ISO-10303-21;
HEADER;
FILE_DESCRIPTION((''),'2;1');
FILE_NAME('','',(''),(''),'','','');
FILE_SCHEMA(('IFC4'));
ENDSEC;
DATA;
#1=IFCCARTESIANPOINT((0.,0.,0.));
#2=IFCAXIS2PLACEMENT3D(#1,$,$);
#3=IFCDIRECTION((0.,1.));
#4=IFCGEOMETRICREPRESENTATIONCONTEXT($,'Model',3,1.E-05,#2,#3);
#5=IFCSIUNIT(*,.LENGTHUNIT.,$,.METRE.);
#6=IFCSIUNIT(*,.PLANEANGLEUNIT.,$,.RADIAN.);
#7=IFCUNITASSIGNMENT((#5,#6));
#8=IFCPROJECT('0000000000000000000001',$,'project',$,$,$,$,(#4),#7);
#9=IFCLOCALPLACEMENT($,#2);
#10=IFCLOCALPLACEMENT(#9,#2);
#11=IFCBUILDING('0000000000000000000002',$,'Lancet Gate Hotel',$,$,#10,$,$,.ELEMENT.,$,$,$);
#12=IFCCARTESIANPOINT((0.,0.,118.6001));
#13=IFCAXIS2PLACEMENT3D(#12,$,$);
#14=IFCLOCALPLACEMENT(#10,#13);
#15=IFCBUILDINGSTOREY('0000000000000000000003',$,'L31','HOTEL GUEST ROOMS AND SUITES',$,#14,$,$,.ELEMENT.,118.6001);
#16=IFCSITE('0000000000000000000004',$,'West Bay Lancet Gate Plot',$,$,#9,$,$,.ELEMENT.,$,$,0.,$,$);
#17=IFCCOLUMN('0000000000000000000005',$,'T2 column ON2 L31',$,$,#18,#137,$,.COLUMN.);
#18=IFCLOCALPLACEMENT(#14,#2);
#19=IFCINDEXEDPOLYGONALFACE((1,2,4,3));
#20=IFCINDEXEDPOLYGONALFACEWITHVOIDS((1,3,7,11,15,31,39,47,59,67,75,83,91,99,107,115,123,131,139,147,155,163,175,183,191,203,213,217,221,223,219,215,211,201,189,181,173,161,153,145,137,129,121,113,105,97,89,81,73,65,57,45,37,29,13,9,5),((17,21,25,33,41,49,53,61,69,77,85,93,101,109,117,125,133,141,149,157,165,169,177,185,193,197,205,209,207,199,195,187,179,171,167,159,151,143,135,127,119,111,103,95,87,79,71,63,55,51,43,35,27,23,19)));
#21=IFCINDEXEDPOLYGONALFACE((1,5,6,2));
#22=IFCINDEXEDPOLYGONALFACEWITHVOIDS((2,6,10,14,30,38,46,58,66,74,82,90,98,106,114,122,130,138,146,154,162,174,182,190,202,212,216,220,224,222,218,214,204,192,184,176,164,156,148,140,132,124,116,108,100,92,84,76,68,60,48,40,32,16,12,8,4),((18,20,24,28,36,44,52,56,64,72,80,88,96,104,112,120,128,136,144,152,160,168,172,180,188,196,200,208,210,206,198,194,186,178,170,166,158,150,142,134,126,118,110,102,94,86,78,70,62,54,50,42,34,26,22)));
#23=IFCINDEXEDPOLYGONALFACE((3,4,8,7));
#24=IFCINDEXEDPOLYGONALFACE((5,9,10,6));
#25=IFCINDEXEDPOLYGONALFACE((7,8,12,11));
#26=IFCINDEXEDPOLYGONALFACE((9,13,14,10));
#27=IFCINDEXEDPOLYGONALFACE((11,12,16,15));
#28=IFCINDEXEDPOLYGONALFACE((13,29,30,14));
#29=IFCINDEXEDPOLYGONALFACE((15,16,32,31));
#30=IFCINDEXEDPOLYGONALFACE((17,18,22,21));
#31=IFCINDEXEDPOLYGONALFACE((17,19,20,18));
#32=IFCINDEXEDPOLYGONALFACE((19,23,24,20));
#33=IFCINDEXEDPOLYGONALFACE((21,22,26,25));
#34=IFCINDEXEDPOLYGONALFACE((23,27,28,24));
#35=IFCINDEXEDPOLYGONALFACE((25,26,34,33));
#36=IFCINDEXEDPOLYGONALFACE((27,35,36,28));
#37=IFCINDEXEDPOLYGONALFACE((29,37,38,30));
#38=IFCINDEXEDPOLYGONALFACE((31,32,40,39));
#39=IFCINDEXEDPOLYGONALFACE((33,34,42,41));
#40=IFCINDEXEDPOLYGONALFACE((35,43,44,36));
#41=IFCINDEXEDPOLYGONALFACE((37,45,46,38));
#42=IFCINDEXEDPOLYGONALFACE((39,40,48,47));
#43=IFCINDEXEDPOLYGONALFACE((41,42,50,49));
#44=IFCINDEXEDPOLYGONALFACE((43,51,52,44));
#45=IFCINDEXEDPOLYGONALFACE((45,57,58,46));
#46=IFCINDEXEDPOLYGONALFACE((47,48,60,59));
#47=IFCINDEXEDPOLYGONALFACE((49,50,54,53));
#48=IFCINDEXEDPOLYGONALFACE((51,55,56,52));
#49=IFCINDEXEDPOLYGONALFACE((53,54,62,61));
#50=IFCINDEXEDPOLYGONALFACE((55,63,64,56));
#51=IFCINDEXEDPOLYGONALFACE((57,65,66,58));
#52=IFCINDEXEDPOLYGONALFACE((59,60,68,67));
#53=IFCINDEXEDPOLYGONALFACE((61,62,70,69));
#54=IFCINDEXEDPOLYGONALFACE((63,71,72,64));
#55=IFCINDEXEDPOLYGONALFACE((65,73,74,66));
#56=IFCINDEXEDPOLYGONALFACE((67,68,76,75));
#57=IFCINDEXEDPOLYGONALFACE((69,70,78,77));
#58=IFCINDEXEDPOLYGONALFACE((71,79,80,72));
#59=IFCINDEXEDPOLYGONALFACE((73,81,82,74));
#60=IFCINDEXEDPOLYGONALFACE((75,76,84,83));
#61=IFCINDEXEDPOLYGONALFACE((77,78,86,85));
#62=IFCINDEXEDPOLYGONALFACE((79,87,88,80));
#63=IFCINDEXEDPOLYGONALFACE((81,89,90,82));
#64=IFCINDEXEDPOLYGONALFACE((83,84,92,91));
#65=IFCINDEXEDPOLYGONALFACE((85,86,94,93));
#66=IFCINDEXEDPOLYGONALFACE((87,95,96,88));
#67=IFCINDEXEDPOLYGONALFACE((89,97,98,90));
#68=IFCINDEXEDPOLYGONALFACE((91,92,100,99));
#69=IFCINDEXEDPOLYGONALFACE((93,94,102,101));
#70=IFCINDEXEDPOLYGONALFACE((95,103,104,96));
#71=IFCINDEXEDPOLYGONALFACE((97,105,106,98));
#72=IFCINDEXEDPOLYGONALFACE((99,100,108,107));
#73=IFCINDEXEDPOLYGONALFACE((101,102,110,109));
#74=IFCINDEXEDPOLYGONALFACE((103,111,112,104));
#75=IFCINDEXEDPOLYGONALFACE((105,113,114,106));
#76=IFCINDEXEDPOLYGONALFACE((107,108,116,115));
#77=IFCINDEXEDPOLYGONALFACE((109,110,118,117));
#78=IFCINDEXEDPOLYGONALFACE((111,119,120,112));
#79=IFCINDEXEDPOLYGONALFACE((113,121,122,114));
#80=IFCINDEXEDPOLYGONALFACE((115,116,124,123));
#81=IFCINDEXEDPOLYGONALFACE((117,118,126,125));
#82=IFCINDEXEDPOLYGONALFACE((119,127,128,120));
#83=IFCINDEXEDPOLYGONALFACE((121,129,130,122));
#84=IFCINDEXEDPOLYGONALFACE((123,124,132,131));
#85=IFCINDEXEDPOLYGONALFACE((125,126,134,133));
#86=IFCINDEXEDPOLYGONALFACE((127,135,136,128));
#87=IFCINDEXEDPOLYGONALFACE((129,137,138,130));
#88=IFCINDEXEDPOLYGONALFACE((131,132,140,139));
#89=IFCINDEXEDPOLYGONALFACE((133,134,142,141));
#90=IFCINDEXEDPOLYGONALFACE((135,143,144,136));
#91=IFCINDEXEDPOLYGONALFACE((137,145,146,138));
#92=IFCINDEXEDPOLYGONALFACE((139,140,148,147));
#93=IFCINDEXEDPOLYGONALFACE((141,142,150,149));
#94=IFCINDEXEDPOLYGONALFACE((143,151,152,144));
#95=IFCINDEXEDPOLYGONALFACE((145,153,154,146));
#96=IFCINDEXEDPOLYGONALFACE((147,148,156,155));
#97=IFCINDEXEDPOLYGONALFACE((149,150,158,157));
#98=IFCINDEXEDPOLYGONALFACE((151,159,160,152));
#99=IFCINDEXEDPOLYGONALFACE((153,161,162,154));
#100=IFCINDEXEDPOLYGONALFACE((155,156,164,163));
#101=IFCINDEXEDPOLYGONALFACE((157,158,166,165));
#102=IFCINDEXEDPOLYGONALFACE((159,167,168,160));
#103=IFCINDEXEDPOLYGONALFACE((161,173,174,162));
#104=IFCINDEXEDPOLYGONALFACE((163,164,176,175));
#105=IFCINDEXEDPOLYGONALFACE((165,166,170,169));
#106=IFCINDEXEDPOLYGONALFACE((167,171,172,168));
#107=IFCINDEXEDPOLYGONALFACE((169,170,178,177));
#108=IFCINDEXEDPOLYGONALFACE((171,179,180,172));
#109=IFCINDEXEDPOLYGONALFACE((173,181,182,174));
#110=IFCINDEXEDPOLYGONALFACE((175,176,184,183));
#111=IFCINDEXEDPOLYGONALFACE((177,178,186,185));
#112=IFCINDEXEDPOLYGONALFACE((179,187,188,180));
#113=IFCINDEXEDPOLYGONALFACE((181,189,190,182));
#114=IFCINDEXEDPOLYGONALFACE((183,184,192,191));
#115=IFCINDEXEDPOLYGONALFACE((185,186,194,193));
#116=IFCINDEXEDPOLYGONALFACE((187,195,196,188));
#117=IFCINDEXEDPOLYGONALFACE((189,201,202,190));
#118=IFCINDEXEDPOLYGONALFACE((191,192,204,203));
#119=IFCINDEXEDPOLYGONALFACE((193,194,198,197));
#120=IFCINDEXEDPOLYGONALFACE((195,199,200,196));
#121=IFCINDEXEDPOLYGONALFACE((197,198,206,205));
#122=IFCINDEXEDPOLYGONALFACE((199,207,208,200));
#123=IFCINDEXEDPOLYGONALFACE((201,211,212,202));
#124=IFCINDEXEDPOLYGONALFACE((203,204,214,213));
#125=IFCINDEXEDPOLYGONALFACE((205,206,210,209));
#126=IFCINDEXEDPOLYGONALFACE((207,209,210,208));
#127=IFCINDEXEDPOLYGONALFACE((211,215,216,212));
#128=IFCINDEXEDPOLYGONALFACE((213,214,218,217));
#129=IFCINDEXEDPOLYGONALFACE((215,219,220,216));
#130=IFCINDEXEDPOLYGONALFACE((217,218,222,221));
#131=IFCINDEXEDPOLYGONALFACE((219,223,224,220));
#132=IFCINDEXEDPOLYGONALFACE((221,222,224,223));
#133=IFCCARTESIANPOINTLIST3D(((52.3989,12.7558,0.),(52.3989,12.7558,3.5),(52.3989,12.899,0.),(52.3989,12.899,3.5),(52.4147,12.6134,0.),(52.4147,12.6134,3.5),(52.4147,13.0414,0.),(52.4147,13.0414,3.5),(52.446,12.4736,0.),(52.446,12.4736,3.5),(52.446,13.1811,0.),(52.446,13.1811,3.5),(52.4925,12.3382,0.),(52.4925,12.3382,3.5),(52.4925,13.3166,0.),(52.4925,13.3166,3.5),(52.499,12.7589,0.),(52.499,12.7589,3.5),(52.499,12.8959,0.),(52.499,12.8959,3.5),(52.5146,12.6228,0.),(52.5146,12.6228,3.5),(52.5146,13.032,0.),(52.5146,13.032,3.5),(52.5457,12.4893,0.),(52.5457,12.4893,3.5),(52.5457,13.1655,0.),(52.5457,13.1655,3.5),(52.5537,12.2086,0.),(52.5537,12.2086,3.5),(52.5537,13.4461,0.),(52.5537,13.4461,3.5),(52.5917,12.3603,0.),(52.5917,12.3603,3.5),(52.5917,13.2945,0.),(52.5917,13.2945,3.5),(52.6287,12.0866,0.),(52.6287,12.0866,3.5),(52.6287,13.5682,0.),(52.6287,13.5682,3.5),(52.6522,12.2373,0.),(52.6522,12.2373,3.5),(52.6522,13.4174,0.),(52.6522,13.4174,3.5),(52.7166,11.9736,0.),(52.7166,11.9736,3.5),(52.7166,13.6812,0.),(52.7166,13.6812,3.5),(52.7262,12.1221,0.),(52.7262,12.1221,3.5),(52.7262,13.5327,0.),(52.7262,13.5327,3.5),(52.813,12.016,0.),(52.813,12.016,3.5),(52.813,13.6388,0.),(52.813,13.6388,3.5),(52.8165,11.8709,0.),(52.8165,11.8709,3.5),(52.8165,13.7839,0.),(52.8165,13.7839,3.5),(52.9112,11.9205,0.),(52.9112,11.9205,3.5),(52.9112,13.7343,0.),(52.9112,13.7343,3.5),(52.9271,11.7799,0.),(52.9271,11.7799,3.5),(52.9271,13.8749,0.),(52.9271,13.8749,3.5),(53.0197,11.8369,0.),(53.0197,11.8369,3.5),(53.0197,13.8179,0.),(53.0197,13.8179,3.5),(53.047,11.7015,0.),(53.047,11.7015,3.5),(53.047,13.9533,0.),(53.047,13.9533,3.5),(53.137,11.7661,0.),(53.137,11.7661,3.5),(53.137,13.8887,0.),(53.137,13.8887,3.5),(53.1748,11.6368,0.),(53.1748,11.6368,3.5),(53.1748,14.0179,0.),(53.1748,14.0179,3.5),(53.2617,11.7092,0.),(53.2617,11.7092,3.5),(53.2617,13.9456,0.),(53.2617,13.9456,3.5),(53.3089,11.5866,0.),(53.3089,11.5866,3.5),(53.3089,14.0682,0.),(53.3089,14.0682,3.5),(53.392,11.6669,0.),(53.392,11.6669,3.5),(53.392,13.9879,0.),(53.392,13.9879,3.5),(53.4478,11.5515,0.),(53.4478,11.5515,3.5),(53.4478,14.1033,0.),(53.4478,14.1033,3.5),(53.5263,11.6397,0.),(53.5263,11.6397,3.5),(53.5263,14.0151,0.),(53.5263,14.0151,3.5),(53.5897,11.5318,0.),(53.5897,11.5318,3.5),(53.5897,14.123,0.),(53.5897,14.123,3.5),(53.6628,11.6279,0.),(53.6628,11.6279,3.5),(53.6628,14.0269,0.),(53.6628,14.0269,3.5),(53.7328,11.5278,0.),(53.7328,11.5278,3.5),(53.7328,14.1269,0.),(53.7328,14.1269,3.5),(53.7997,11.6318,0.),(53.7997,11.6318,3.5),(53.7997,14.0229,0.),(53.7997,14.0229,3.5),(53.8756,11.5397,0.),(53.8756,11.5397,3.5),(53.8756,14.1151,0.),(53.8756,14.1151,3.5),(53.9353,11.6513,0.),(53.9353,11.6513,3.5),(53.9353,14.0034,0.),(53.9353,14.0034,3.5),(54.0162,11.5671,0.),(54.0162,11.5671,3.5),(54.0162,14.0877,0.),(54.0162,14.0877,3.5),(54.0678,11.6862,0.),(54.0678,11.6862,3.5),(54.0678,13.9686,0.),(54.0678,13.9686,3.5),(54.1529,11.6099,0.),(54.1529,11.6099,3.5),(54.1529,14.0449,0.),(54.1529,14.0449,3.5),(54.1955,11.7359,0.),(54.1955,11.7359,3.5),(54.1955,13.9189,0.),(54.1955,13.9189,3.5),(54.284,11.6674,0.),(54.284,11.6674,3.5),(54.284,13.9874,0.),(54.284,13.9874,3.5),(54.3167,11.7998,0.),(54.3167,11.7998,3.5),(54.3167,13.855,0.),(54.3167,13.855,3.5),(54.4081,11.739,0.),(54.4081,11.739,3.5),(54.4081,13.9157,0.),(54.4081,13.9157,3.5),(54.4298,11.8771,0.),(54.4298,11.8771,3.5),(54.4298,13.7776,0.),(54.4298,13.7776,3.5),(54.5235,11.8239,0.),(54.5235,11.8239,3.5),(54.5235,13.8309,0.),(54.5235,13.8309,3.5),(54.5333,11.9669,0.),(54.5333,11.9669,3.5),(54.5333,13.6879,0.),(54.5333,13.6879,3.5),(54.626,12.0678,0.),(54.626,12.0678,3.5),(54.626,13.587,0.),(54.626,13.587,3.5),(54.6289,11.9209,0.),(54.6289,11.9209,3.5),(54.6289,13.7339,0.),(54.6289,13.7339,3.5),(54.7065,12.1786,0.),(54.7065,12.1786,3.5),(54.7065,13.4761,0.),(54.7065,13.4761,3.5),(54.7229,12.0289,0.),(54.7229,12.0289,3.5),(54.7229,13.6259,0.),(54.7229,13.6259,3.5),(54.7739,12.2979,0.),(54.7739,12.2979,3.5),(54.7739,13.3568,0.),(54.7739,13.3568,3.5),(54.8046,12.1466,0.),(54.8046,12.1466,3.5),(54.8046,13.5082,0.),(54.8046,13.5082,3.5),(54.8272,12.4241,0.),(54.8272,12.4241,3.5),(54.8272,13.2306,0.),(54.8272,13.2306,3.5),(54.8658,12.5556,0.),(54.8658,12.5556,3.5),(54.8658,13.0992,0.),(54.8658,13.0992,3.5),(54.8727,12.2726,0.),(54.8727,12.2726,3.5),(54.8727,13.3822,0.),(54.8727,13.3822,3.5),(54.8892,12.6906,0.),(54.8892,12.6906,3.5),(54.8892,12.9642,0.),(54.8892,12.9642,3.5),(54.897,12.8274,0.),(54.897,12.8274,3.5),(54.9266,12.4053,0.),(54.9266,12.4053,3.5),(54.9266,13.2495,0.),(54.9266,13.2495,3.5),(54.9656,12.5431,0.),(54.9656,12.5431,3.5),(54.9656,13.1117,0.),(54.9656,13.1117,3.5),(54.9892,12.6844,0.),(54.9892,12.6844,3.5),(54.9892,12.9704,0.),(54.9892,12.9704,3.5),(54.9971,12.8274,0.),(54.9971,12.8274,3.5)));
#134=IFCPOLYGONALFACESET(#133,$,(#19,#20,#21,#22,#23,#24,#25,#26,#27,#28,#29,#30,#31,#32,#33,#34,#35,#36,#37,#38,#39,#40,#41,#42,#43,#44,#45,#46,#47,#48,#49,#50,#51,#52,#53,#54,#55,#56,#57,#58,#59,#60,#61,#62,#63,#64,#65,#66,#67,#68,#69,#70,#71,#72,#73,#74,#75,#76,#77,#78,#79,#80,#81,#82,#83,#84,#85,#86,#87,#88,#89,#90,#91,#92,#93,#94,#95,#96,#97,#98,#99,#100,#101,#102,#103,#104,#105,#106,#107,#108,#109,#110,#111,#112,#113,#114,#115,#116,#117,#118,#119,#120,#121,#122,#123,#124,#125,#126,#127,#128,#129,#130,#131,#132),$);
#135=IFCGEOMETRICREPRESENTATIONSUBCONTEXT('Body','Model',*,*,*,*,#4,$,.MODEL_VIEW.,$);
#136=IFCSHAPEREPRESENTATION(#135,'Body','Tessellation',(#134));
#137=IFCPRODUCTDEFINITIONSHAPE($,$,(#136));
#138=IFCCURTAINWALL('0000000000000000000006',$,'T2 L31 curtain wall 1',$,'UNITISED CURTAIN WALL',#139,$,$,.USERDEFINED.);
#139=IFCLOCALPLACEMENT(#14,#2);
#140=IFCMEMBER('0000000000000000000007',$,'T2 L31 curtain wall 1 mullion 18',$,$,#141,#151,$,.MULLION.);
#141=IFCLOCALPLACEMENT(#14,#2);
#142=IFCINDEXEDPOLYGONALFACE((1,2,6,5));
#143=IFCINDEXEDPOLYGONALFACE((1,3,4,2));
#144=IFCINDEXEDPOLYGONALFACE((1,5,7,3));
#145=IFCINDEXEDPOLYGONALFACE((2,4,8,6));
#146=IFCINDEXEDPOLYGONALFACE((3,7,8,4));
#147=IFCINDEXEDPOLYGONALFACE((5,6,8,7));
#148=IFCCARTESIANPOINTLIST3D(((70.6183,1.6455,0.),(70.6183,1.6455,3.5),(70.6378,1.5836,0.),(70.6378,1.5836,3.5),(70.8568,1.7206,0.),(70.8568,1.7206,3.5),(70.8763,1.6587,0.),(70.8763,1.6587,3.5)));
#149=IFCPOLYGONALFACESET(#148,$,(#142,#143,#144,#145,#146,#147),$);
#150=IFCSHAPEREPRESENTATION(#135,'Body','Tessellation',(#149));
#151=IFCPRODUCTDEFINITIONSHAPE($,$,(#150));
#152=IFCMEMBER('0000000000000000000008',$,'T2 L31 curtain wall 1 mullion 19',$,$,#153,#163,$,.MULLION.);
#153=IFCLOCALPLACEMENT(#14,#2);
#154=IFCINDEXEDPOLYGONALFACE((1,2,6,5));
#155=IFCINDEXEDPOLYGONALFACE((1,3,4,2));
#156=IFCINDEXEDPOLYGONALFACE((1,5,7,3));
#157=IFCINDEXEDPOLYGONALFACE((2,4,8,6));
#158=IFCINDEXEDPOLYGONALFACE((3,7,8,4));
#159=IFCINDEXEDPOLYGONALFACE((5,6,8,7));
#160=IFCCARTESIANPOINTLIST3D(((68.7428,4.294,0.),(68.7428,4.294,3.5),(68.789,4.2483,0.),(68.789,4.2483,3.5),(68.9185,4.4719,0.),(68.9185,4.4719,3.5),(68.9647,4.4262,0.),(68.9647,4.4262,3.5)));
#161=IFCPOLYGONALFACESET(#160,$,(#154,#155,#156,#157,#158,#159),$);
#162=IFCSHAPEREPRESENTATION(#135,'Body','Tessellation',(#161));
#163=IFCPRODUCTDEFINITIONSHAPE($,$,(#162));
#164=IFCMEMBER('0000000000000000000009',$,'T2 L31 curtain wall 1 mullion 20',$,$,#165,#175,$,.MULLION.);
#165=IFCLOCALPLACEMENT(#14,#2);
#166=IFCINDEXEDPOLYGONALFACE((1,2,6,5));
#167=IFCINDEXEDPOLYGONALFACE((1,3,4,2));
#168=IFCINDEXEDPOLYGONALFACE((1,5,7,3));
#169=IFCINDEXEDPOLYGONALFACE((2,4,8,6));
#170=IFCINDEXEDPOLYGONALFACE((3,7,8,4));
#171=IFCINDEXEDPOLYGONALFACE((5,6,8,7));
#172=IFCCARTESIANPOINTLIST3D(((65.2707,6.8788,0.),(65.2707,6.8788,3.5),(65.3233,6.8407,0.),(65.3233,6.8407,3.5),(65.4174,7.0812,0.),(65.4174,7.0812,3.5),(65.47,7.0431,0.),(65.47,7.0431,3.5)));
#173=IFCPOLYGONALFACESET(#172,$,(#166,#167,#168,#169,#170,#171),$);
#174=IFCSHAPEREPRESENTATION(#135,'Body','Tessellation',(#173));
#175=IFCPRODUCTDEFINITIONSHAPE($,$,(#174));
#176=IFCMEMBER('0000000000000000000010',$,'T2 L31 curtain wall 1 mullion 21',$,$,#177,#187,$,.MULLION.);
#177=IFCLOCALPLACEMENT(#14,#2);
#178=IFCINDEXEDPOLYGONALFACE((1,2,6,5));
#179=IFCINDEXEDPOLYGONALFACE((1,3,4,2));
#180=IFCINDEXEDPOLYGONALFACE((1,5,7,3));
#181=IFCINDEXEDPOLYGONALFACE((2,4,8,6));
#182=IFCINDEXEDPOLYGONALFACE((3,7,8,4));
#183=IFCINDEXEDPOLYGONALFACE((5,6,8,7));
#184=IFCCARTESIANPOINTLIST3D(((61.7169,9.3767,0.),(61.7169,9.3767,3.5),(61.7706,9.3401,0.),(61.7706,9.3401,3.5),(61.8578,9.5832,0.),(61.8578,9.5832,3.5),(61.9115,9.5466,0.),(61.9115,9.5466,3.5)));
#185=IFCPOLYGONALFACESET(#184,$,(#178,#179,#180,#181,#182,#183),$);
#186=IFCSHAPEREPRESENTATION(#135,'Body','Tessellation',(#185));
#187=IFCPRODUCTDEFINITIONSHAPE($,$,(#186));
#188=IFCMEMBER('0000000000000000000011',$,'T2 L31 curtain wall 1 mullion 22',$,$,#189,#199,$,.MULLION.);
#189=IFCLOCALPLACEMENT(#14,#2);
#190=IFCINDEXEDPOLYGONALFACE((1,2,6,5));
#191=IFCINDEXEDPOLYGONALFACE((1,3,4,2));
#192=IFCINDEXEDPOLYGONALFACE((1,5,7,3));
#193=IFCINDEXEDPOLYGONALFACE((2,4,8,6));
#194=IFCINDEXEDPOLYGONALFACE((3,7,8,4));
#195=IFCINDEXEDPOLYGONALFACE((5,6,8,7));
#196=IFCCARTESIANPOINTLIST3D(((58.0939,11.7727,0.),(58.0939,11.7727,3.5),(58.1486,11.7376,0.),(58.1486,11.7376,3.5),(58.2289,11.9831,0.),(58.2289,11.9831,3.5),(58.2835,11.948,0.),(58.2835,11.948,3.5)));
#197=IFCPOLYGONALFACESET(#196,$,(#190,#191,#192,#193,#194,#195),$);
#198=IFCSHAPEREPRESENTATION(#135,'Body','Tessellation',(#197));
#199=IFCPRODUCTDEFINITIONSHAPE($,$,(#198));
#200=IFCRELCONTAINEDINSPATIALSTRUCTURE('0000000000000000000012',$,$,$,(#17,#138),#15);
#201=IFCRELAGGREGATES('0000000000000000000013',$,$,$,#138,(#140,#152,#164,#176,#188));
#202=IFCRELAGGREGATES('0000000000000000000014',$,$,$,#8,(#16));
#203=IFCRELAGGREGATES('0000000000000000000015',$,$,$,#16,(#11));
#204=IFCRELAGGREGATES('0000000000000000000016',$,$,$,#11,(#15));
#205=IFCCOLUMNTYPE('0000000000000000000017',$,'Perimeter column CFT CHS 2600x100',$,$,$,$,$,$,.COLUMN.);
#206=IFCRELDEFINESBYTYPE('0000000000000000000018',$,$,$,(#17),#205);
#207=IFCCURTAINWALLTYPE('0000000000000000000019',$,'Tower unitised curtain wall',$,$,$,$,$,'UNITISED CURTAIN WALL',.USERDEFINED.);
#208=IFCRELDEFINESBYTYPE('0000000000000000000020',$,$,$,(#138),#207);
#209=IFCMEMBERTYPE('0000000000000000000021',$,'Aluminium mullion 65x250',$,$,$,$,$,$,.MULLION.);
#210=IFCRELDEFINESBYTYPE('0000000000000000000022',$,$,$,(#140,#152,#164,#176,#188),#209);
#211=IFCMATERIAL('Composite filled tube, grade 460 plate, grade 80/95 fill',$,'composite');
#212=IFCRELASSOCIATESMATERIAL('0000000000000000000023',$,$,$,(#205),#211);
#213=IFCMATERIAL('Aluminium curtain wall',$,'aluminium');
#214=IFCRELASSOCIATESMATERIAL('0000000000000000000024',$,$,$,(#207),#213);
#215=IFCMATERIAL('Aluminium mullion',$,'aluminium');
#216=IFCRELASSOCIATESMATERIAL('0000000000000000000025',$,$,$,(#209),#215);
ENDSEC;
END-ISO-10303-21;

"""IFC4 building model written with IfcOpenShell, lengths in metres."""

from ifc_helpers import new_model, si_unit, direction, frame, origin, origin_2d, place, context, subcontext, project, spatial, rectangle, hollow_circle, extrude, material, material_profile, profile_set, type_object, element, aggregate, save


model = new_model("IFC4")

# Units and contexts
model_context = context("Model", 3, precision=1e-05, world=origin(), true_north=direction((0.0, 1.0)))
body_context = subcontext(model_context, "Body", "Model", "MODEL_VIEW")
ifc_project = project(units=[si_unit("LENGTHUNIT", "METRE"), si_unit("PLANEANGLEUNIT", "RADIAN")], contexts=[model_context])

# Site, building, storey
site_placement = place(None, origin())
site = spatial("IfcSite", under=ifc_project, at=site_placement, Name="West Bay Lancet Gate Plot", CompositionType="ELEMENT", RefElevation=0.0)
building_placement = place(site_placement, origin())
building = spatial("IfcBuilding", under=site, at=building_placement, Name="Lancet Gate Hotel", CompositionType="ELEMENT")
storey_placement = place(building_placement, frame((0.0, 0.0, 118.6001)))
storey = spatial("IfcBuildingStorey", under=building, at=storey_placement, Name="L31", Description="HOTEL GUEST ROOMS AND SUITES", CompositionType="ELEMENT", Elevation=118.6001)

# Column
ifc_material_1 = material(Name="Composite filled tube, grade 460 plate, grade 80/95 fill", Category="composite")
ifc_material_profile_1 = material_profile(ifc_material_1, hollow_circle(Radius=1.3, WallThickness=0.1001, at=origin_2d()), Name="CHS 2600x100")
ifc_profile_set_1 = profile_set([ifc_material_profile_1], Name="Composite filled tube, grade 460 plate, grade 80/95 fill")
column_type = type_object("IfcColumnType", Name="Perimeter column CFT CHS 2600x100", PredefinedType="COLUMN", material=ifc_profile_set_1)
for number, where, z_axis, x_axis, name in (
    (1, (53.697, 12.8274, 0.0), (0.0, 0.0, 1.0), (1.0, 0.0, 0.0), "T2 column ON2 L31"),
):
    element("IfcColumn", number, at=place(storey_placement, frame(where, z_axis=z_axis, x_axis=x_axis)), inside=storey, type_object=column_type, Name=name, PredefinedType="COLUMN", context=body_context, shape_type="SweptSolid", body=[
        extrude(hollow_circle(Radius=1.3, WallThickness=0.1001, at=origin_2d()), origin(), (0.0, 0.0, 1.0), 3.5),
    ])

# Curtain wall, members
ifc_material_2 = material(Name="Aluminium curtain wall", Category="aluminium")
curtain_wall_type = type_object("IfcCurtainWallType", Name="Tower unitised curtain wall", ElementType="UNITISED CURTAIN WALL", PredefinedType="USERDEFINED", material=ifc_material_2)
curtain_wall_placement = place(storey_placement, origin())
curtain_wall = element("IfcCurtainWall", 2, at=curtain_wall_placement, inside=storey, type_object=curtain_wall_type, Name="T2 L31 curtain wall 1", ObjectType="UNITISED CURTAIN WALL", PredefinedType="USERDEFINED")
ifc_material_3 = material(Name="Aluminium mullion", Category="aluminium")
ifc_material_profile_2 = material_profile(ifc_material_3, rectangle(XDim=0.0649, YDim=0.25, at=origin_2d()), Name="MULLION 65x250")
ifc_profile_set_2 = profile_set([ifc_material_profile_2], Name="Aluminium mullion")
member_type_1 = type_object("IfcMemberType", Name="Aluminium mullion 65x250", PredefinedType="MULLION", material=ifc_profile_set_2)
member_1_placement = place(storey_placement, frame((70.7473, 1.6521, 0.0), z_axis=(0.0, 0.0, 1.0), x_axis=(-0.300385, 0.953818, 0.0)))
member_1 = element("IfcMember", 3, at=member_1_placement, type_object=member_type_1, Name="T2 L31 curtain wall 1 mullion 18", PredefinedType="MULLION", context=body_context, shape_type="SweptSolid", body=[
    extrude(rectangle(XDim=0.0649, YDim=0.25, at=origin_2d()), origin(), (0.0, 0.0, 1.0), 3.5),
])
member_2_placement = place(storey_placement, frame((68.8538, 4.3601, 0.0), z_axis=(0.0, 0.0, 1.0), x_axis=(-0.71161, 0.702574, 0.0)))
member_2 = element("IfcMember", 4, at=member_2_placement, type_object=member_type_1, Name="T2 L31 curtain wall 1 mullion 19", PredefinedType="MULLION", context=body_context, shape_type="SweptSolid", body=[
    extrude(rectangle(XDim=0.0649, YDim=0.25, at=origin_2d()), origin(), (0.0, 0.0, 1.0), 3.5),
])
member_3_placement = place(storey_placement, frame((65.3704, 6.9609, 0.0), z_axis=(0.0, 0.0, 1.0), x_axis=(-0.809729, 0.586805, 0.0)))
member_3 = element("IfcMember", 5, at=member_3_placement, type_object=member_type_1, Name="T2 L31 curtain wall 1 mullion 20", PredefinedType="MULLION", context=body_context, shape_type="SweptSolid", body=[
    extrude(rectangle(XDim=0.0649, YDim=0.25, at=origin_2d()), origin(), (0.0, 0.0, 1.0), 3.5),
])
member_4_placement = place(storey_placement, frame((61.8142, 9.4617, 0.0), z_axis=(0.0, 0.0, 1.0), x_axis=(-0.826066, 0.563574, 0.0)))
member_4 = element("IfcMember", 6, at=member_4_placement, type_object=member_type_1, Name="T2 L31 curtain wall 1 mullion 21", PredefinedType="MULLION", context=body_context, shape_type="SweptSolid", body=[
    extrude(rectangle(XDim=0.0649, YDim=0.25, at=origin_2d()), origin(), (0.0, 0.0, 1.0), 3.5),
])
member_5_placement = place(storey_placement, frame((58.1887, 11.8604, 0.0), z_axis=(0.0, 0.0, 1.0), x_axis=(-0.841736, 0.539889, 0.0)))
member_5 = element("IfcMember", 7, at=member_5_placement, type_object=member_type_1, Name="T2 L31 curtain wall 1 mullion 22", PredefinedType="MULLION", context=body_context, shape_type="SweptSolid", body=[
    extrude(rectangle(XDim=0.0649, YDim=0.25, at=origin_2d()), origin(), (0.0, 0.0, 1.0), 3.5),
])

aggregate(curtain_wall, [member_1, member_2, member_3, member_4, member_5])

save(model, "model.ifc")
